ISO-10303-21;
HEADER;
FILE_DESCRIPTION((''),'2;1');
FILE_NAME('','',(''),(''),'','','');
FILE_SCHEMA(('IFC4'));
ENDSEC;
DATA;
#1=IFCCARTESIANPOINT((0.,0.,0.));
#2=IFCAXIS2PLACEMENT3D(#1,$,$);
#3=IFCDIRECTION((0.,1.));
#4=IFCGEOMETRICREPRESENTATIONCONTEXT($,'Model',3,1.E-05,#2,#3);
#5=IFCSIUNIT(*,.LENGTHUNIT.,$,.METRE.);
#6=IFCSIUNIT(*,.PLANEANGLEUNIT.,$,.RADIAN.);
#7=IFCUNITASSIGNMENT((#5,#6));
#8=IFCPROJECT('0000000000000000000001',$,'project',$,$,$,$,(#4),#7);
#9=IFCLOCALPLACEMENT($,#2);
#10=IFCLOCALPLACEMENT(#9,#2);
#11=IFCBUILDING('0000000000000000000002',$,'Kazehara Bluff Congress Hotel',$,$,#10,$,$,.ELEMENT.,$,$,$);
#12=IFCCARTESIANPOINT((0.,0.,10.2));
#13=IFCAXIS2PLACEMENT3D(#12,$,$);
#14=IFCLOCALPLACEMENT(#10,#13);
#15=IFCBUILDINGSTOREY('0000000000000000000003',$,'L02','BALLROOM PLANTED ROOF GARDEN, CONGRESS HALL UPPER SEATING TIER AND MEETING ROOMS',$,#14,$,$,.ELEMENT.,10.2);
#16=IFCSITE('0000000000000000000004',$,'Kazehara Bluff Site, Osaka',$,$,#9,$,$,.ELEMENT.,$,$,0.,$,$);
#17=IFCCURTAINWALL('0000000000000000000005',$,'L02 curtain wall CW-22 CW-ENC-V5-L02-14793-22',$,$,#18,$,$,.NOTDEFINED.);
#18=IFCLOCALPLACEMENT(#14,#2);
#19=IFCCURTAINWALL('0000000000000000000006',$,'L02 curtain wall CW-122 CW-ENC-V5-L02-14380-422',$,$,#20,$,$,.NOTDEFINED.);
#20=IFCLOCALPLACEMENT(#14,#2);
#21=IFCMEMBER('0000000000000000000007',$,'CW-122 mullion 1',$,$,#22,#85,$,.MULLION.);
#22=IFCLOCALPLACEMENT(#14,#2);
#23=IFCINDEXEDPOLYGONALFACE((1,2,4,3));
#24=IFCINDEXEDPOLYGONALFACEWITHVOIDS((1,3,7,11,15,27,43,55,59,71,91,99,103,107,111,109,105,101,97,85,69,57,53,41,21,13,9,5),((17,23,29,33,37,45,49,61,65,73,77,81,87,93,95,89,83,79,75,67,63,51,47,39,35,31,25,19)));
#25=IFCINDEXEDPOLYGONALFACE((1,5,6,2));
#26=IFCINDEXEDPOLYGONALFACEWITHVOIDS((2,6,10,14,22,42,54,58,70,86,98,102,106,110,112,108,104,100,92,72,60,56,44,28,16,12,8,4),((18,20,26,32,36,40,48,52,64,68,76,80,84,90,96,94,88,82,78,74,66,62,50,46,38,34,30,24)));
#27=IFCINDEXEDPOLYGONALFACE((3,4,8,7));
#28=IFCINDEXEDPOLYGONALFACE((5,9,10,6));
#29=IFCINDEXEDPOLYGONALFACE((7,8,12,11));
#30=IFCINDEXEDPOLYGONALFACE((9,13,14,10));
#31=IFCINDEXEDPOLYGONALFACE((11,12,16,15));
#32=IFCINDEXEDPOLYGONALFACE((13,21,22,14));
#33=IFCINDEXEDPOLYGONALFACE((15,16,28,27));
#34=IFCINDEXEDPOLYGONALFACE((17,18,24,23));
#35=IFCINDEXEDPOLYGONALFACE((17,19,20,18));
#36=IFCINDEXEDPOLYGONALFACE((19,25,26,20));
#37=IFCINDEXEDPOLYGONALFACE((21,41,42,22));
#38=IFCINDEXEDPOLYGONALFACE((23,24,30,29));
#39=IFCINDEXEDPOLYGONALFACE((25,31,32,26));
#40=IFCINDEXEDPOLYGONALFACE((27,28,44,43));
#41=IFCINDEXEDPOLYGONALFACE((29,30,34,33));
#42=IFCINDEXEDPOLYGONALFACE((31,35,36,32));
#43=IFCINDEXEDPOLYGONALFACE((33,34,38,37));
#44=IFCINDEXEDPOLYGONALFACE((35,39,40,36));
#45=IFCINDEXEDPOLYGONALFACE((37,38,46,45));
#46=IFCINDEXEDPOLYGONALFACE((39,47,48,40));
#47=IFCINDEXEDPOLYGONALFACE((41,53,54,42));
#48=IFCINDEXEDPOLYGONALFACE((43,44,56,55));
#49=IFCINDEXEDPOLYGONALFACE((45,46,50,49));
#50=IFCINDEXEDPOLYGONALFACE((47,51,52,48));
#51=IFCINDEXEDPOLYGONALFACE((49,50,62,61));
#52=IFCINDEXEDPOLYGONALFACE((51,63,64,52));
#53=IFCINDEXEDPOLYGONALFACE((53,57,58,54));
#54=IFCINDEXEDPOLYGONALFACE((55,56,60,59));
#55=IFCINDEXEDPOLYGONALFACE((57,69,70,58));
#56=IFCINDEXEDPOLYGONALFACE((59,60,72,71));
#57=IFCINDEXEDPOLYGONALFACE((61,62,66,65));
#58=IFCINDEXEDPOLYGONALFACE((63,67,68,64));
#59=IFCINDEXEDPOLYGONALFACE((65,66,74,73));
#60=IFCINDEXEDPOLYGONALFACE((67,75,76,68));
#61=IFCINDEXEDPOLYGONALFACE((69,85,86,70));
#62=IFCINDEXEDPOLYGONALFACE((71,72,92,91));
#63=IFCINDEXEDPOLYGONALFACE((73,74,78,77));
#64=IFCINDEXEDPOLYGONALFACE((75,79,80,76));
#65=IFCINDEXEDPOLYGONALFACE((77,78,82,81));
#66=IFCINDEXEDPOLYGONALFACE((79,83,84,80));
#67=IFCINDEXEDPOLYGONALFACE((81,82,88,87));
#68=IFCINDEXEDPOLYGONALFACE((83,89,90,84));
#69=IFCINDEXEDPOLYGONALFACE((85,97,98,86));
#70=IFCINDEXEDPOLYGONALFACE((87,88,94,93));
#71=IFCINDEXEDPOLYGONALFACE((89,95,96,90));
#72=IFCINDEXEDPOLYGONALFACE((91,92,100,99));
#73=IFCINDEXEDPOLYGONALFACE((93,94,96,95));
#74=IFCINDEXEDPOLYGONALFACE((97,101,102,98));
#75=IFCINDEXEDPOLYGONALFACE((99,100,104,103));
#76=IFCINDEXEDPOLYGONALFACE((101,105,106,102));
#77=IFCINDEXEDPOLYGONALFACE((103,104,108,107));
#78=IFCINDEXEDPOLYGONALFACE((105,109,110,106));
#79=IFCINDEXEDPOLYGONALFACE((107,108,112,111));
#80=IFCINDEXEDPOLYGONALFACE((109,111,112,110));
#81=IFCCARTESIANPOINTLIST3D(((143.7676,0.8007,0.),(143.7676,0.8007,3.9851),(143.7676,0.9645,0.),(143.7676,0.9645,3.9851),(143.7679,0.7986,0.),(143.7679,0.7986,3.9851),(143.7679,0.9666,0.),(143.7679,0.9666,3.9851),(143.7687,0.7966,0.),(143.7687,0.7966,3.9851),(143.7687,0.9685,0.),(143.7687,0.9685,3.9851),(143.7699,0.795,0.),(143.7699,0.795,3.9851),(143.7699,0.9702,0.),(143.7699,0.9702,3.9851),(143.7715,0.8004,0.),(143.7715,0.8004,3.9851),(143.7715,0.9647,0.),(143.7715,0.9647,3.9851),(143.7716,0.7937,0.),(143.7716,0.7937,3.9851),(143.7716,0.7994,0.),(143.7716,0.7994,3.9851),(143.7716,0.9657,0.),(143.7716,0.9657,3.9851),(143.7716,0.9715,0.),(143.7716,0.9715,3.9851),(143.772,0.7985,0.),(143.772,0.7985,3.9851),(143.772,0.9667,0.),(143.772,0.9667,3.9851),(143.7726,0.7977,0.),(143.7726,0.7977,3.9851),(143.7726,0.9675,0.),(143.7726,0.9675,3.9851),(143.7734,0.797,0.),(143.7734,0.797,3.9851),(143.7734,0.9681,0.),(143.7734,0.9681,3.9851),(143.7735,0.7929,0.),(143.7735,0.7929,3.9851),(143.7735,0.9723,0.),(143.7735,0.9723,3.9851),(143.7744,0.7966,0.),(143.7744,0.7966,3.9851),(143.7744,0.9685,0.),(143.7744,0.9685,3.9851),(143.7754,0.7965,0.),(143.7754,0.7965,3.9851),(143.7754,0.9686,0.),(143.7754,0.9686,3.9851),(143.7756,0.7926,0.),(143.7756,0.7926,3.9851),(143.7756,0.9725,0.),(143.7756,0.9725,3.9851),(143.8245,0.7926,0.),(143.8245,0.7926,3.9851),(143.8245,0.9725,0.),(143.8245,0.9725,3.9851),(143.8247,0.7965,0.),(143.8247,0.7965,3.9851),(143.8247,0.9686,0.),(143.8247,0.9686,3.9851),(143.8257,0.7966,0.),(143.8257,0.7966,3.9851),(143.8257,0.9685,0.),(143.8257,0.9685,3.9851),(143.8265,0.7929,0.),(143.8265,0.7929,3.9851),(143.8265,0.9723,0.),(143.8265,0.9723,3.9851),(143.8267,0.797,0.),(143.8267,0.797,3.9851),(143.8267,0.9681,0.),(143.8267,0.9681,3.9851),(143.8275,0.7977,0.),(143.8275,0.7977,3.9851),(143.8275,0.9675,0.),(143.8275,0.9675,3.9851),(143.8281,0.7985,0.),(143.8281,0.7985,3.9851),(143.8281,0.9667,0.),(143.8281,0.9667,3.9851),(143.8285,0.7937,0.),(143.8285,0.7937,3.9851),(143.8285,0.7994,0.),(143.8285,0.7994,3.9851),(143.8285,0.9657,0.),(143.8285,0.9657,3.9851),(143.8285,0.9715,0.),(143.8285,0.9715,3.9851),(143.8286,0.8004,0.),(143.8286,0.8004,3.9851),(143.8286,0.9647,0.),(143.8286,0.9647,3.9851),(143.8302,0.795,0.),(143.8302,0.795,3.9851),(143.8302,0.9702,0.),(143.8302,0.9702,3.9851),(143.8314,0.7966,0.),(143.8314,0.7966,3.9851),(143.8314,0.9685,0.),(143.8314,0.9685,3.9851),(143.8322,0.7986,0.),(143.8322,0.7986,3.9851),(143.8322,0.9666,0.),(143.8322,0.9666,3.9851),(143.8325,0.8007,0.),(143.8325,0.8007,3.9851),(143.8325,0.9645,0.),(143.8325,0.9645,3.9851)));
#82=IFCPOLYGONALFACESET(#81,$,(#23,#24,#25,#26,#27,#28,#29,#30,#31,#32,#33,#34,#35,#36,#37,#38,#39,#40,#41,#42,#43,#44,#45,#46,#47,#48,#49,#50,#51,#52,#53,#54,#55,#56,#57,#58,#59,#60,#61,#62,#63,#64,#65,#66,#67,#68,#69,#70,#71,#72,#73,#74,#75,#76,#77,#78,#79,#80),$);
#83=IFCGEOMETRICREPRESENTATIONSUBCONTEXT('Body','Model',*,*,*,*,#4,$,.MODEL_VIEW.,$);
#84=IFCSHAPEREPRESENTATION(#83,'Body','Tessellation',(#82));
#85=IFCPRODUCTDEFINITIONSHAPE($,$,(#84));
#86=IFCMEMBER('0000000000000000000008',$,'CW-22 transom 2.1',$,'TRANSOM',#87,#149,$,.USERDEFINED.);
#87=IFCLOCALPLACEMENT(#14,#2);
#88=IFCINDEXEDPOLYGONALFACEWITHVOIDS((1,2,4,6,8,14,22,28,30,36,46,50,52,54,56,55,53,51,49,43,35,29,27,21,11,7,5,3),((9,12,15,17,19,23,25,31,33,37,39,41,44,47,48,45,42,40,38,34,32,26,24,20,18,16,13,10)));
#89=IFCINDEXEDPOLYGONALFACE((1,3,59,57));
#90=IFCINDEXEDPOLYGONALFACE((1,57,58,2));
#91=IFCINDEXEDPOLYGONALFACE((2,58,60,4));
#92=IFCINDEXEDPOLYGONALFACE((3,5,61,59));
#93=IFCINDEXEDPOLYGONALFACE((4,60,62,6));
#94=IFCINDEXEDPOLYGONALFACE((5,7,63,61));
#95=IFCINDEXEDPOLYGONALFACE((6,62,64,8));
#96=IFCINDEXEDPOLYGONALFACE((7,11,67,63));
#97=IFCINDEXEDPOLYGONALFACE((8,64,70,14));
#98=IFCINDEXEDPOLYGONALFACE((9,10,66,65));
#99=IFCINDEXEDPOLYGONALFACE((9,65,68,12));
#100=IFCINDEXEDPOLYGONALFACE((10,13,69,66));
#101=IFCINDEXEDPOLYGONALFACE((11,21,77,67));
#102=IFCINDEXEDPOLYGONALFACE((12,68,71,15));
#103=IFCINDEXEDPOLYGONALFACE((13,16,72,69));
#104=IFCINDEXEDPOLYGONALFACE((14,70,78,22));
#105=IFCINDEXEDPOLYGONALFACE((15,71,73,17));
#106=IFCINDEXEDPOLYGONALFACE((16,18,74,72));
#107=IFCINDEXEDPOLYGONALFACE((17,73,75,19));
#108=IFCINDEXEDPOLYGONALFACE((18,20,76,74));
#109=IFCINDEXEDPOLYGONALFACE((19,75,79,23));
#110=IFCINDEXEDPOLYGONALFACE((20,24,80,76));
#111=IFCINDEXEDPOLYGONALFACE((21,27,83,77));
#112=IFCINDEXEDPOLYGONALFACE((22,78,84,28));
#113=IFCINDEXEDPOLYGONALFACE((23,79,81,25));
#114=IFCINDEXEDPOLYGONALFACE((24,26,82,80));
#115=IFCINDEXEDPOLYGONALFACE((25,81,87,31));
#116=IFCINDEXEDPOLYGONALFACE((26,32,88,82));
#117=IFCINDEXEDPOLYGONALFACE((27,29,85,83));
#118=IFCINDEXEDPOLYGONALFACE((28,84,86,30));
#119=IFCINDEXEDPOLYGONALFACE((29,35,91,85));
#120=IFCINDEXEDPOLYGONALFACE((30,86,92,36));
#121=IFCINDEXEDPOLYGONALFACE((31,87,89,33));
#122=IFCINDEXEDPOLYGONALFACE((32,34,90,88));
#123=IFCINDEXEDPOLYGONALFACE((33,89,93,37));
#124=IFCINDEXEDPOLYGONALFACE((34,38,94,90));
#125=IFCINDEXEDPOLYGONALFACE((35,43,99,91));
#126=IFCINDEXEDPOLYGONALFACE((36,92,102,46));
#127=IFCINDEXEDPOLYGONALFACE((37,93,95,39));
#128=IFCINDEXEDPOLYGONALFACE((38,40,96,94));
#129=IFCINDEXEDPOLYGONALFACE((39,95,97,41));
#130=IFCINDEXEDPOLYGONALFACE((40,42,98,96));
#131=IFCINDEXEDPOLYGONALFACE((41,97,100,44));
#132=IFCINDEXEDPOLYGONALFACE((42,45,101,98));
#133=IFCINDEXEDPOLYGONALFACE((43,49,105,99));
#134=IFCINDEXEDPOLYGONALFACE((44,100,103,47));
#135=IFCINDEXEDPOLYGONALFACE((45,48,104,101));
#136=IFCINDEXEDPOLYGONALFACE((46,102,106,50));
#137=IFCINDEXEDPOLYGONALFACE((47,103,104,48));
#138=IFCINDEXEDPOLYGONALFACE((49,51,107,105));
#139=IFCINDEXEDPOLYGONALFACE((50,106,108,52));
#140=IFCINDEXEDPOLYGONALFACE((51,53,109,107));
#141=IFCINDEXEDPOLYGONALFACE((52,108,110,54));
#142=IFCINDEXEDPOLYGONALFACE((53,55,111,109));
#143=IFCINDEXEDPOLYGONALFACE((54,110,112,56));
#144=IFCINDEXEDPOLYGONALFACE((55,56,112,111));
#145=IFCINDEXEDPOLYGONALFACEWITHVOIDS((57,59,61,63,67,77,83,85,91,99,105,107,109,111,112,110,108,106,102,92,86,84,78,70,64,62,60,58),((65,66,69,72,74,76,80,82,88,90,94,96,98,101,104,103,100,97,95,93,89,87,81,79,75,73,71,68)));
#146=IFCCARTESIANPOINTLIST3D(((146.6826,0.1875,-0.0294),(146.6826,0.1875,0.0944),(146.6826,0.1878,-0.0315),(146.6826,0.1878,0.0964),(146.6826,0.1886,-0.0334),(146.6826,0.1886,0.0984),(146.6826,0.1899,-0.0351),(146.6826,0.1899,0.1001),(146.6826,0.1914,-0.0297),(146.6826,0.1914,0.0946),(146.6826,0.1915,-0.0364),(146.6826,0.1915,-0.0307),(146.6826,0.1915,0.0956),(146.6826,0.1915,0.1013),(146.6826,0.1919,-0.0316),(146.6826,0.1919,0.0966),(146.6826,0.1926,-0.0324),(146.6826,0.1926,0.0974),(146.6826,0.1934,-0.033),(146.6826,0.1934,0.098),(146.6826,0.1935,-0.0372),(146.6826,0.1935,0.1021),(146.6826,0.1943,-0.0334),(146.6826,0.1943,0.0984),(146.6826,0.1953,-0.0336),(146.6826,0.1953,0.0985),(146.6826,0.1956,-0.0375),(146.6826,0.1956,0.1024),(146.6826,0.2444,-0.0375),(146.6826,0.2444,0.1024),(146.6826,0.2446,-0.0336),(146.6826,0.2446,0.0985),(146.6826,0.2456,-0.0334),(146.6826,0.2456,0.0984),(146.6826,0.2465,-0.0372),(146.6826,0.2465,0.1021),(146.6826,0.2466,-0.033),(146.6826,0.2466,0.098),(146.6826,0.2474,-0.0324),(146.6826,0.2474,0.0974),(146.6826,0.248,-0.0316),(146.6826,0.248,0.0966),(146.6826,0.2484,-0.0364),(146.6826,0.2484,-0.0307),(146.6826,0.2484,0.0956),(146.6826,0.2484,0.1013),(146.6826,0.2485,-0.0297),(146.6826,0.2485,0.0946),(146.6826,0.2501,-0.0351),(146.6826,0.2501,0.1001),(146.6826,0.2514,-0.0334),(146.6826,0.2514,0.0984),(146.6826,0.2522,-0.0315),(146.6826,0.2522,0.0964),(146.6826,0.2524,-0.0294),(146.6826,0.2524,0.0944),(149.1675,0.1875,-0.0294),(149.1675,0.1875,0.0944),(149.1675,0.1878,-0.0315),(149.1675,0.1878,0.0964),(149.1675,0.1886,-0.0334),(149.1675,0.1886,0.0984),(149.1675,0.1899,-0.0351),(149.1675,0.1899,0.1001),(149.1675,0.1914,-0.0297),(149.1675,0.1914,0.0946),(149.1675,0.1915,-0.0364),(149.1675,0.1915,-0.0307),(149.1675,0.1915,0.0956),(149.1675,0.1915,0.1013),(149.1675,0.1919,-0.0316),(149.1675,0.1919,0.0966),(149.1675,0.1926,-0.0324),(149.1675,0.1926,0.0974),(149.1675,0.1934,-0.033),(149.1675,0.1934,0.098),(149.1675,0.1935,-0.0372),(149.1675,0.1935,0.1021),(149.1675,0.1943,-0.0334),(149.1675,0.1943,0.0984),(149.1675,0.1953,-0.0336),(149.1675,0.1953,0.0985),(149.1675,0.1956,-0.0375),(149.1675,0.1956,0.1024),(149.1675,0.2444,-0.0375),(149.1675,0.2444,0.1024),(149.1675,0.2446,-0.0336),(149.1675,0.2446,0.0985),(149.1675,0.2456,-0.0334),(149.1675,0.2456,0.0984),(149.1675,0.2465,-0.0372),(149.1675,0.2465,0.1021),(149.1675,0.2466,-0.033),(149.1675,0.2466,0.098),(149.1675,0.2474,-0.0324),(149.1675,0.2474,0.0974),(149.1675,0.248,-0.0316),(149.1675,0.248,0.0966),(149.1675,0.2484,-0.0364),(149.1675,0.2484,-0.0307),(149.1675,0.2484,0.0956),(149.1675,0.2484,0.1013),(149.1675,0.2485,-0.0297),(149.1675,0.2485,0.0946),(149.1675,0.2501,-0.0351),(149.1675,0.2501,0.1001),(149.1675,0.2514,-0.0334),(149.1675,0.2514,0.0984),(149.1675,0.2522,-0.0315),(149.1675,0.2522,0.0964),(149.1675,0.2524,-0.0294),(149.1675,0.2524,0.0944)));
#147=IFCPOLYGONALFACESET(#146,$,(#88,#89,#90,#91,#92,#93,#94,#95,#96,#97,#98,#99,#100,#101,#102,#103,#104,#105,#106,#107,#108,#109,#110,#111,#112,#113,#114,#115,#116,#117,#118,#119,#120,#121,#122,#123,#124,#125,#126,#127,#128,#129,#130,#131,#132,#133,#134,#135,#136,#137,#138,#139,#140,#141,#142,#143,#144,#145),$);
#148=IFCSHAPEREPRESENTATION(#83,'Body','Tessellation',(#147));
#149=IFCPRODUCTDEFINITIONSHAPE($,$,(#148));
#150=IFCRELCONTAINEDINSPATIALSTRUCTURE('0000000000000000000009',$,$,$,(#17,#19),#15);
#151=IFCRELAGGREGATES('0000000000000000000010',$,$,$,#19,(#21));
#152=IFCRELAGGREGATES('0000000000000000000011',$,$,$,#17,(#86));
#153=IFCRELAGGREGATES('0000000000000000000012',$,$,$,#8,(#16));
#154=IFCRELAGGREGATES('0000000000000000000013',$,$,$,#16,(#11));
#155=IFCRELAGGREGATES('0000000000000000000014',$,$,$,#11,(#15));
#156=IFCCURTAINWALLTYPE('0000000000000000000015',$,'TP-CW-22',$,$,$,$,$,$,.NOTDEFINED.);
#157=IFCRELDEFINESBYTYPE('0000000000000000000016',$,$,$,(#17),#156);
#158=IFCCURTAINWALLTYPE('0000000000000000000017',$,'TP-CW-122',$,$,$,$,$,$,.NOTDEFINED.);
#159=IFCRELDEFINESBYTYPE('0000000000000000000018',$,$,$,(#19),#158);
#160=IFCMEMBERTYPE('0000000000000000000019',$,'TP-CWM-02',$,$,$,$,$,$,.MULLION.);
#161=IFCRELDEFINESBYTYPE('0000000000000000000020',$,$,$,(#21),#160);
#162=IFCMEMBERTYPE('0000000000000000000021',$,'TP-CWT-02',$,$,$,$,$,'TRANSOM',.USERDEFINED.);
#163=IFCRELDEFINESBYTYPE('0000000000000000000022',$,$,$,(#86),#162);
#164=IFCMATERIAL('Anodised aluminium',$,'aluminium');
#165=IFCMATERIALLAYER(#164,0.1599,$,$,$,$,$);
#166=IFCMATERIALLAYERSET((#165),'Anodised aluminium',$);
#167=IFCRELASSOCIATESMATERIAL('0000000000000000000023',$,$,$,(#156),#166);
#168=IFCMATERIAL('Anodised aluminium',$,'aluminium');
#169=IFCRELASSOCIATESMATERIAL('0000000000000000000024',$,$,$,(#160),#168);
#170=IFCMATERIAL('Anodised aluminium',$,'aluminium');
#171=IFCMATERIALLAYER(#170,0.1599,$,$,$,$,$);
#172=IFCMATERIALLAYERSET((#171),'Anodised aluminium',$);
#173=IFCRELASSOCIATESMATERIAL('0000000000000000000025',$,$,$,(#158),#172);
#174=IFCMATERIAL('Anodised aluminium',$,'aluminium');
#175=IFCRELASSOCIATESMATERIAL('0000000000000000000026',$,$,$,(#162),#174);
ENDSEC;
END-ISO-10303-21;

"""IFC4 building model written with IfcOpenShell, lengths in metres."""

from ifc_helpers import new_model, si_unit, direction, frame, origin, origin_2d, place, context, subcontext, project, spatial, hollow_rectangle, extrude, material, layer, layer_set, material_profile, profile_set, type_object, element, aggregate, save


model = new_model("IFC4")

# Units and contexts
model_context = context("Model", 3, precision=1e-05, world=origin(), true_north=direction((0.0, 1.0)))
body_context = subcontext(model_context, "Body", "Model", "MODEL_VIEW")
ifc_project = project(units=[si_unit("LENGTHUNIT", "METRE"), si_unit("PLANEANGLEUNIT", "RADIAN")], contexts=[model_context])

# Site, building, storey
site_placement = place(None, origin())
site = spatial("IfcSite", under=ifc_project, at=site_placement, Name="Kazehara Bluff Site, Osaka", CompositionType="ELEMENT", RefElevation=0.0)
building_placement = place(site_placement, origin())
building = spatial("IfcBuilding", under=site, at=building_placement, Name="Kazehara Bluff Congress Hotel", CompositionType="ELEMENT")
storey_placement = place(building_placement, frame((0.0, 0.0, 10.2)))
storey = spatial("IfcBuildingStorey", under=building, at=storey_placement, Name="L02", Description="BALLROOM PLANTED ROOF GARDEN, CONGRESS HALL UPPER SEATING TIER AND MEETING ROOMS", CompositionType="ELEMENT", Elevation=10.2)

# Curtain wall
ifc_material_1 = material(Name="Anodised aluminium", Category="aluminium")
ifc_layer_1 = layer(ifc_material_1, 0.1599)
ifc_layer_set_1 = layer_set([ifc_layer_1], Name="Anodised aluminium")
curtain_wall_type_1 = type_object("IfcCurtainWallType", Name="TP-CW-22", PredefinedType="NOTDEFINED", material=ifc_layer_set_1)
curtain_wall_1_placement = place(storey_placement, origin())
curtain_wall_1 = element("IfcCurtainWall", 1, at=curtain_wall_1_placement, inside=storey, type_object=curtain_wall_type_1, Name="L02 curtain wall CW-22 CW-ENC-V5-L02-14793-22", PredefinedType="NOTDEFINED")
ifc_material_2 = material(Name="Anodised aluminium", Category="aluminium")
ifc_material_profile_1 = material_profile(ifc_material_2, hollow_rectangle(XDim=0.0649, YDim=0.1799, WallThickness=0.0039, InnerFilletRadius=0.0039, OuterFilletRadius=0.0081, at=origin_2d()))
ifc_profile_set_1 = profile_set([ifc_material_profile_1], Name="Anodised aluminium")
member_type_1 = type_object("IfcMemberType", Name="TP-CWM-02", PredefinedType="MULLION", material=ifc_profile_set_1)

# Curtain wall, member
ifc_material_3 = material(Name="Anodised aluminium", Category="aluminium")
ifc_layer_2 = layer(ifc_material_3, 0.1599)
ifc_layer_set_2 = layer_set([ifc_layer_2], Name="Anodised aluminium")
curtain_wall_type_2 = type_object("IfcCurtainWallType", Name="TP-CW-122", PredefinedType="NOTDEFINED", material=ifc_layer_set_2)
curtain_wall_2_placement = place(storey_placement, origin())
curtain_wall_2 = element("IfcCurtainWall", 2, at=curtain_wall_2_placement, inside=storey, type_object=curtain_wall_type_2, Name="L02 curtain wall CW-122 CW-ENC-V5-L02-14380-422", PredefinedType="NOTDEFINED")
member_1_placement = place(storey_placement, frame((143.8, 0.8826, 0.0), z_axis=(0.0, 0.0, 1.0), x_axis=(-1.0, 0.0, 0.0)))
member_1 = element("IfcMember", 3, at=member_1_placement, type_object=member_type_1, Name="CW-122 mullion 1", PredefinedType="MULLION", context=body_context, shape_type="SweptSolid", body=[
    extrude(hollow_rectangle(XDim=0.0649, YDim=0.1799, WallThickness=0.0039, InnerFilletRadius=0.0039, OuterFilletRadius=0.0081, at=origin_2d()), origin(), (0.0, 0.0, 1.0), 3.9851),
])
aggregate(curtain_wall_2, [member_1])

# Member
ifc_material_4 = material(Name="Anodised aluminium", Category="aluminium")
ifc_material_profile_2 = material_profile(ifc_material_4, hollow_rectangle(XDim=0.0649, YDim=0.1399, WallThickness=0.0039, InnerFilletRadius=0.0039, OuterFilletRadius=0.0081, at=origin_2d()))
ifc_profile_set_2 = profile_set([ifc_material_profile_2], Name="Anodised aluminium")
member_type_2 = type_object("IfcMemberType", Name="TP-CWT-02", ElementType="TRANSOM", PredefinedType="USERDEFINED", material=ifc_profile_set_2)
member_2_placement = place(storey_placement, frame((149.1675, 0.22, 0.0325), z_axis=(-1.0, 0.0, 0.0), x_axis=(0.0, -1.0, 0.0)))
member_2 = element("IfcMember", 4, at=member_2_placement, type_object=member_type_2, Name="CW-22 transom 2.1", ObjectType="TRANSOM", PredefinedType="USERDEFINED", context=body_context, shape_type="SweptSolid", body=[
    extrude(hollow_rectangle(XDim=0.0649, YDim=0.1399, WallThickness=0.0039, InnerFilletRadius=0.0039, OuterFilletRadius=0.0081, at=origin_2d()), origin(), (0.0, 0.0, 1.0), 2.4849),
])

aggregate(curtain_wall_1, [member_2])

save(model, "model.ifc")
